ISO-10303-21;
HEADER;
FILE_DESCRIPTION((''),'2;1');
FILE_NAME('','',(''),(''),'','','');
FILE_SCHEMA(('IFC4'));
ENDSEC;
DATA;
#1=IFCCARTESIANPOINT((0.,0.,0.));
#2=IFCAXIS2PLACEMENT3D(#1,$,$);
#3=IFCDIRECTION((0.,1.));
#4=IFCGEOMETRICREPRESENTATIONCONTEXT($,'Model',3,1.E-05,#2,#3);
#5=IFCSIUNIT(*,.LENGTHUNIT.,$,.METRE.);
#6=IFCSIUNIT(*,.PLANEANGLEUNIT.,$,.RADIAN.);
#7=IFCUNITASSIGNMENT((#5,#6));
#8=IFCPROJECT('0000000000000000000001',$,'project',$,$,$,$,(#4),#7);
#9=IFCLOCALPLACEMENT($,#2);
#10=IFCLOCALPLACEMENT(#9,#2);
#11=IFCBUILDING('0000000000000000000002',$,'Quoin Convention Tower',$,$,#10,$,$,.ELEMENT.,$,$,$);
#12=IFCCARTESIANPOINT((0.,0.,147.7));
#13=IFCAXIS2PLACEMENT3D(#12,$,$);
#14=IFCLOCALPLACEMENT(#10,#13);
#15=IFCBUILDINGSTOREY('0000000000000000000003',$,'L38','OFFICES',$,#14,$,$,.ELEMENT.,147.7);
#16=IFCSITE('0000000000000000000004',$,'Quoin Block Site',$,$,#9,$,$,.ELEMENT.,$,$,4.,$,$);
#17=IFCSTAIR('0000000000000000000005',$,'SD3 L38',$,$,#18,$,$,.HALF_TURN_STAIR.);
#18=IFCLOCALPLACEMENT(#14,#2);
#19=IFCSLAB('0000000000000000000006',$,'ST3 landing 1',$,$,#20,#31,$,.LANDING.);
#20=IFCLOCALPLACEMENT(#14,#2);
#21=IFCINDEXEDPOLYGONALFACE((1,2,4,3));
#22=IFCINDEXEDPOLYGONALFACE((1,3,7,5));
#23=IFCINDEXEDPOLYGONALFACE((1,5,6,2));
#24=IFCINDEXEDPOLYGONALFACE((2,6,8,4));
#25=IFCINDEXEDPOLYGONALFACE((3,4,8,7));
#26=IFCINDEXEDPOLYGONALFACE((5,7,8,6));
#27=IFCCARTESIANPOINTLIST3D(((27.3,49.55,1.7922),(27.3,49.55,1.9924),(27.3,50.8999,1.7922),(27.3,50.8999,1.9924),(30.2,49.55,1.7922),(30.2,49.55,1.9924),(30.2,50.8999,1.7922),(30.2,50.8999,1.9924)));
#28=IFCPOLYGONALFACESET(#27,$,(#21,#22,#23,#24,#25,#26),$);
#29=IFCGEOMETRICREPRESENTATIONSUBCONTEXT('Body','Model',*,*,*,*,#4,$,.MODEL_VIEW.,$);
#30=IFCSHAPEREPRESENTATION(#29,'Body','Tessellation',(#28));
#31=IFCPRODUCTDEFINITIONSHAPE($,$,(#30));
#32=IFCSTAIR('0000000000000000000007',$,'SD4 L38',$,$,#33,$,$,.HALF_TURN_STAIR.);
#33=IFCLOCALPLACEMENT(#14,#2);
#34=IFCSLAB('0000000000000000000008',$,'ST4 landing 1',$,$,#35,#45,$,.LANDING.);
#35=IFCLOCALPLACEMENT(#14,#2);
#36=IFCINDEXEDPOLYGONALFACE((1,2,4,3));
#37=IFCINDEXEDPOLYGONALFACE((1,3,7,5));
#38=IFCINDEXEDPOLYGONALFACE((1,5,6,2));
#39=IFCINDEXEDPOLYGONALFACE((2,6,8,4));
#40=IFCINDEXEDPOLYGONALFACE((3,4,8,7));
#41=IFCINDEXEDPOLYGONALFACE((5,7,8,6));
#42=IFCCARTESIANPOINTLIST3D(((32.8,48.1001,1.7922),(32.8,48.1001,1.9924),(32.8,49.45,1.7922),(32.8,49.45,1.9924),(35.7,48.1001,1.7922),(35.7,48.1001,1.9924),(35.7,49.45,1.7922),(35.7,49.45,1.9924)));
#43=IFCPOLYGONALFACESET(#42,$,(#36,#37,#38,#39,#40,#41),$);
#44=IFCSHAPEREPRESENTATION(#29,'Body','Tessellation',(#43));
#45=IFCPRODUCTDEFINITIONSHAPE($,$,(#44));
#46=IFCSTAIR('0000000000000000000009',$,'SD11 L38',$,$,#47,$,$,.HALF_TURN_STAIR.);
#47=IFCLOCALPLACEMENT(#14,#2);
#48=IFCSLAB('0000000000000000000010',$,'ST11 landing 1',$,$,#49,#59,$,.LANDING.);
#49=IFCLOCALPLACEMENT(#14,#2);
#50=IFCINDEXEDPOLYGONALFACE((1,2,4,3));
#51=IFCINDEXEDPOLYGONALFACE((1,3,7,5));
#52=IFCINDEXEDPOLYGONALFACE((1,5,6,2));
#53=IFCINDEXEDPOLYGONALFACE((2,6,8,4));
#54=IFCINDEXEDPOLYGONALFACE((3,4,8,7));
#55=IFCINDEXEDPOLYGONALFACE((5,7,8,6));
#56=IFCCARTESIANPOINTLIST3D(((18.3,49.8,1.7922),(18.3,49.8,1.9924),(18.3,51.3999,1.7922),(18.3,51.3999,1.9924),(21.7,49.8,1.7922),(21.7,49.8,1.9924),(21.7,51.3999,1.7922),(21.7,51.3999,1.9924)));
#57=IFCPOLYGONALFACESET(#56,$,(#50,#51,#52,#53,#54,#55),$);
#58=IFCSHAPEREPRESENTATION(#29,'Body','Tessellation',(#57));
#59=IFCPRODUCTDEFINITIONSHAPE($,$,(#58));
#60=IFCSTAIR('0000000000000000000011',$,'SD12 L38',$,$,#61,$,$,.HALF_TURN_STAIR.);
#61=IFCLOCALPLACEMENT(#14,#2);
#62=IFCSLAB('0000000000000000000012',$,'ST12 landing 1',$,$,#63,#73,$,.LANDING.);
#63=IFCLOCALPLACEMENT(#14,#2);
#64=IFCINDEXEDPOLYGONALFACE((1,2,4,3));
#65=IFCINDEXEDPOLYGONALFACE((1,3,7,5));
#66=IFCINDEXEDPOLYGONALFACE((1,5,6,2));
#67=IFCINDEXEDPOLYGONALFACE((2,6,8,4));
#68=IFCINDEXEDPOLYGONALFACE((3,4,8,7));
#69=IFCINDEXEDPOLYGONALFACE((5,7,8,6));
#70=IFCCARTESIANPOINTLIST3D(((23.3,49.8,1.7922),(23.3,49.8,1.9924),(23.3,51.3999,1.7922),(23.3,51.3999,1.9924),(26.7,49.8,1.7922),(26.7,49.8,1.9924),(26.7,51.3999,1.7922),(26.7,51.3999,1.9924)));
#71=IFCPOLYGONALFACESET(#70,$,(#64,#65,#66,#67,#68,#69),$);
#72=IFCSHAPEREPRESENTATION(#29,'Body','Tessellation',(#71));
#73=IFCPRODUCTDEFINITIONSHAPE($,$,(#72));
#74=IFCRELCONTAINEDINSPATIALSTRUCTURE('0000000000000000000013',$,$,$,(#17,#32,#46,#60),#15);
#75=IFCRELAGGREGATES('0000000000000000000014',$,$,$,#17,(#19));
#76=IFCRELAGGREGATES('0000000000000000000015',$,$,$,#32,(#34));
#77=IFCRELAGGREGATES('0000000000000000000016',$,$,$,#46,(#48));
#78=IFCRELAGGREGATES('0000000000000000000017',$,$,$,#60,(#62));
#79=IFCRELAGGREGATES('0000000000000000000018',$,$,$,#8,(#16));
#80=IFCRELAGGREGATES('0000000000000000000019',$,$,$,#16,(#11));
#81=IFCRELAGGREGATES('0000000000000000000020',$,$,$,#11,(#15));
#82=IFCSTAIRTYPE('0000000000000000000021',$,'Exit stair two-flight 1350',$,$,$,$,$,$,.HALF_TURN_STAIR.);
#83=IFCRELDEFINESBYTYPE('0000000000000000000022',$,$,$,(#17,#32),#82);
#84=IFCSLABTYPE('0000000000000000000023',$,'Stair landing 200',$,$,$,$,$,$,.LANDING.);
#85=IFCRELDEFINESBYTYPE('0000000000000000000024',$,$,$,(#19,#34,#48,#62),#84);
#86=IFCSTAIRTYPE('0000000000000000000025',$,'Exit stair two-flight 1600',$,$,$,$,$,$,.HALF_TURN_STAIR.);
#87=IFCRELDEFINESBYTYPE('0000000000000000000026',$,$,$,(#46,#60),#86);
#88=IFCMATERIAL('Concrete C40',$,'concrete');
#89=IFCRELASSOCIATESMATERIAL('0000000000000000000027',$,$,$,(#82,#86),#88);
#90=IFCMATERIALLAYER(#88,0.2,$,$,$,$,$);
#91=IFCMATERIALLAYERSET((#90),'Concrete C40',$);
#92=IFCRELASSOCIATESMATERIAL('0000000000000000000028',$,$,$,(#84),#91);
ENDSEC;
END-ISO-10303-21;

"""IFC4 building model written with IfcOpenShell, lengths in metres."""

from ifc_helpers import new_model, si_unit, direction, frame, origin, place, context, subcontext, project, spatial, polyline, outline, extrude, material, layer, layer_set, type_object, element, aggregate, save


model = new_model("IFC4")

# Units and contexts
model_context = context("Model", 3, precision=1e-05, world=origin(), true_north=direction((0.0, 1.0)))
body_context = subcontext(model_context, "Body", "Model", "MODEL_VIEW")
ifc_project = project(units=[si_unit("LENGTHUNIT", "METRE"), si_unit("PLANEANGLEUNIT", "RADIAN")], contexts=[model_context])

# Site, building, storey
site_placement = place(None, origin())
site = spatial("IfcSite", under=ifc_project, at=site_placement, Name="Quoin Block Site", CompositionType="ELEMENT", RefElevation=4.0)
building_placement = place(site_placement, origin())
building = spatial("IfcBuilding", under=site, at=building_placement, Name="Quoin Convention Tower", CompositionType="ELEMENT")
storey_placement = place(building_placement, frame((0.0, 0.0, 147.7)))
storey = spatial("IfcBuildingStorey", under=building, at=storey_placement, Name="L38", Description="OFFICES", CompositionType="ELEMENT", Elevation=147.7)

# Shared definitions
ifc_material_1 = material(Name="Concrete C40", Category="concrete")

# Stairs, slabs
stair_type_1 = type_object("IfcStairType", Name="Exit stair two-flight 1350", PredefinedType="HALF_TURN_STAIR", material=ifc_material_1)
ifc_layer_1 = layer(ifc_material_1, 0.2)
ifc_layer_set_1 = layer_set([ifc_layer_1], Name="Concrete C40")
slab_type_1 = type_object("IfcSlabType", Name="Stair landing 200", PredefinedType="LANDING", material=ifc_layer_set_1)
stair_1_placement = place(storey_placement, origin())
stair_1 = element("IfcStair", 1, at=stair_1_placement, inside=storey, type_object=stair_type_1, Name="SD3 L38", PredefinedType="HALF_TURN_STAIR")
slab_1_placement = place(storey_placement, frame((0.0, 0.0, 1.7922)))
slab_1 = element("IfcSlab", 2, at=slab_1_placement, type_object=slab_type_1, Name="ST3 landing 1", PredefinedType="LANDING", context=body_context, shape_type="SweptSolid", body=[
    extrude(outline(polyline([(27.3, 49.55), (30.2, 49.55), (30.2, 50.8999), (27.3, 50.8999), (27.3, 49.55)])), origin(), (0.0, 0.0, 1.0), 0.2002),
])
aggregate(stair_1, [slab_1])
stair_2_placement = place(storey_placement, origin())
stair_2 = element("IfcStair", 3, at=stair_2_placement, inside=storey, type_object=stair_type_1, Name="SD4 L38", PredefinedType="HALF_TURN_STAIR")
slab_2_placement = place(storey_placement, frame((0.0, 0.0, 1.7922)))
slab_2 = element("IfcSlab", 4, at=slab_2_placement, type_object=slab_type_1, Name="ST4 landing 1", PredefinedType="LANDING", context=body_context, shape_type="SweptSolid", body=[
    extrude(outline(polyline([(35.7, 49.45), (32.8, 49.45), (32.8, 48.1001), (35.7, 48.1001), (35.7, 49.45)])), origin(), (0.0, 0.0, 1.0), 0.2002),
])
aggregate(stair_2, [slab_2])
stair_type_2 = type_object("IfcStairType", Name="Exit stair two-flight 1600", PredefinedType="HALF_TURN_STAIR", material=ifc_material_1)
stair_3_placement = place(storey_placement, origin())
stair_3 = element("IfcStair", 5, at=stair_3_placement, inside=storey, type_object=stair_type_2, Name="SD11 L38", PredefinedType="HALF_TURN_STAIR")
slab_3_placement = place(storey_placement, frame((0.0, 0.0, 1.7922)))
slab_3 = element("IfcSlab", 6, at=slab_3_placement, type_object=slab_type_1, Name="ST11 landing 1", PredefinedType="LANDING", context=body_context, shape_type="SweptSolid", body=[
    extrude(outline(polyline([(21.7, 51.3999), (18.3, 51.3999), (18.3, 49.8), (21.7, 49.8), (21.7, 51.3999)])), origin(), (0.0, 0.0, 1.0), 0.2002),
])
aggregate(stair_3, [slab_3])
stair_4_placement = place(storey_placement, origin())
stair_4 = element("IfcStair", 7, at=stair_4_placement, inside=storey, type_object=stair_type_2, Name="SD12 L38", PredefinedType="HALF_TURN_STAIR")
slab_4_placement = place(storey_placement, frame((0.0, 0.0, 1.7922)))
slab_4 = element("IfcSlab", 8, at=slab_4_placement, type_object=slab_type_1, Name="ST12 landing 1", PredefinedType="LANDING", context=body_context, shape_type="SweptSolid", body=[
    extrude(outline(polyline([(26.7, 51.3999), (23.3, 51.3999), (23.3, 49.8), (26.7, 49.8), (26.7, 51.3999)])), origin(), (0.0, 0.0, 1.0), 0.2002),
])
aggregate(stair_4, [slab_4])

save(model, "model.ifc")
